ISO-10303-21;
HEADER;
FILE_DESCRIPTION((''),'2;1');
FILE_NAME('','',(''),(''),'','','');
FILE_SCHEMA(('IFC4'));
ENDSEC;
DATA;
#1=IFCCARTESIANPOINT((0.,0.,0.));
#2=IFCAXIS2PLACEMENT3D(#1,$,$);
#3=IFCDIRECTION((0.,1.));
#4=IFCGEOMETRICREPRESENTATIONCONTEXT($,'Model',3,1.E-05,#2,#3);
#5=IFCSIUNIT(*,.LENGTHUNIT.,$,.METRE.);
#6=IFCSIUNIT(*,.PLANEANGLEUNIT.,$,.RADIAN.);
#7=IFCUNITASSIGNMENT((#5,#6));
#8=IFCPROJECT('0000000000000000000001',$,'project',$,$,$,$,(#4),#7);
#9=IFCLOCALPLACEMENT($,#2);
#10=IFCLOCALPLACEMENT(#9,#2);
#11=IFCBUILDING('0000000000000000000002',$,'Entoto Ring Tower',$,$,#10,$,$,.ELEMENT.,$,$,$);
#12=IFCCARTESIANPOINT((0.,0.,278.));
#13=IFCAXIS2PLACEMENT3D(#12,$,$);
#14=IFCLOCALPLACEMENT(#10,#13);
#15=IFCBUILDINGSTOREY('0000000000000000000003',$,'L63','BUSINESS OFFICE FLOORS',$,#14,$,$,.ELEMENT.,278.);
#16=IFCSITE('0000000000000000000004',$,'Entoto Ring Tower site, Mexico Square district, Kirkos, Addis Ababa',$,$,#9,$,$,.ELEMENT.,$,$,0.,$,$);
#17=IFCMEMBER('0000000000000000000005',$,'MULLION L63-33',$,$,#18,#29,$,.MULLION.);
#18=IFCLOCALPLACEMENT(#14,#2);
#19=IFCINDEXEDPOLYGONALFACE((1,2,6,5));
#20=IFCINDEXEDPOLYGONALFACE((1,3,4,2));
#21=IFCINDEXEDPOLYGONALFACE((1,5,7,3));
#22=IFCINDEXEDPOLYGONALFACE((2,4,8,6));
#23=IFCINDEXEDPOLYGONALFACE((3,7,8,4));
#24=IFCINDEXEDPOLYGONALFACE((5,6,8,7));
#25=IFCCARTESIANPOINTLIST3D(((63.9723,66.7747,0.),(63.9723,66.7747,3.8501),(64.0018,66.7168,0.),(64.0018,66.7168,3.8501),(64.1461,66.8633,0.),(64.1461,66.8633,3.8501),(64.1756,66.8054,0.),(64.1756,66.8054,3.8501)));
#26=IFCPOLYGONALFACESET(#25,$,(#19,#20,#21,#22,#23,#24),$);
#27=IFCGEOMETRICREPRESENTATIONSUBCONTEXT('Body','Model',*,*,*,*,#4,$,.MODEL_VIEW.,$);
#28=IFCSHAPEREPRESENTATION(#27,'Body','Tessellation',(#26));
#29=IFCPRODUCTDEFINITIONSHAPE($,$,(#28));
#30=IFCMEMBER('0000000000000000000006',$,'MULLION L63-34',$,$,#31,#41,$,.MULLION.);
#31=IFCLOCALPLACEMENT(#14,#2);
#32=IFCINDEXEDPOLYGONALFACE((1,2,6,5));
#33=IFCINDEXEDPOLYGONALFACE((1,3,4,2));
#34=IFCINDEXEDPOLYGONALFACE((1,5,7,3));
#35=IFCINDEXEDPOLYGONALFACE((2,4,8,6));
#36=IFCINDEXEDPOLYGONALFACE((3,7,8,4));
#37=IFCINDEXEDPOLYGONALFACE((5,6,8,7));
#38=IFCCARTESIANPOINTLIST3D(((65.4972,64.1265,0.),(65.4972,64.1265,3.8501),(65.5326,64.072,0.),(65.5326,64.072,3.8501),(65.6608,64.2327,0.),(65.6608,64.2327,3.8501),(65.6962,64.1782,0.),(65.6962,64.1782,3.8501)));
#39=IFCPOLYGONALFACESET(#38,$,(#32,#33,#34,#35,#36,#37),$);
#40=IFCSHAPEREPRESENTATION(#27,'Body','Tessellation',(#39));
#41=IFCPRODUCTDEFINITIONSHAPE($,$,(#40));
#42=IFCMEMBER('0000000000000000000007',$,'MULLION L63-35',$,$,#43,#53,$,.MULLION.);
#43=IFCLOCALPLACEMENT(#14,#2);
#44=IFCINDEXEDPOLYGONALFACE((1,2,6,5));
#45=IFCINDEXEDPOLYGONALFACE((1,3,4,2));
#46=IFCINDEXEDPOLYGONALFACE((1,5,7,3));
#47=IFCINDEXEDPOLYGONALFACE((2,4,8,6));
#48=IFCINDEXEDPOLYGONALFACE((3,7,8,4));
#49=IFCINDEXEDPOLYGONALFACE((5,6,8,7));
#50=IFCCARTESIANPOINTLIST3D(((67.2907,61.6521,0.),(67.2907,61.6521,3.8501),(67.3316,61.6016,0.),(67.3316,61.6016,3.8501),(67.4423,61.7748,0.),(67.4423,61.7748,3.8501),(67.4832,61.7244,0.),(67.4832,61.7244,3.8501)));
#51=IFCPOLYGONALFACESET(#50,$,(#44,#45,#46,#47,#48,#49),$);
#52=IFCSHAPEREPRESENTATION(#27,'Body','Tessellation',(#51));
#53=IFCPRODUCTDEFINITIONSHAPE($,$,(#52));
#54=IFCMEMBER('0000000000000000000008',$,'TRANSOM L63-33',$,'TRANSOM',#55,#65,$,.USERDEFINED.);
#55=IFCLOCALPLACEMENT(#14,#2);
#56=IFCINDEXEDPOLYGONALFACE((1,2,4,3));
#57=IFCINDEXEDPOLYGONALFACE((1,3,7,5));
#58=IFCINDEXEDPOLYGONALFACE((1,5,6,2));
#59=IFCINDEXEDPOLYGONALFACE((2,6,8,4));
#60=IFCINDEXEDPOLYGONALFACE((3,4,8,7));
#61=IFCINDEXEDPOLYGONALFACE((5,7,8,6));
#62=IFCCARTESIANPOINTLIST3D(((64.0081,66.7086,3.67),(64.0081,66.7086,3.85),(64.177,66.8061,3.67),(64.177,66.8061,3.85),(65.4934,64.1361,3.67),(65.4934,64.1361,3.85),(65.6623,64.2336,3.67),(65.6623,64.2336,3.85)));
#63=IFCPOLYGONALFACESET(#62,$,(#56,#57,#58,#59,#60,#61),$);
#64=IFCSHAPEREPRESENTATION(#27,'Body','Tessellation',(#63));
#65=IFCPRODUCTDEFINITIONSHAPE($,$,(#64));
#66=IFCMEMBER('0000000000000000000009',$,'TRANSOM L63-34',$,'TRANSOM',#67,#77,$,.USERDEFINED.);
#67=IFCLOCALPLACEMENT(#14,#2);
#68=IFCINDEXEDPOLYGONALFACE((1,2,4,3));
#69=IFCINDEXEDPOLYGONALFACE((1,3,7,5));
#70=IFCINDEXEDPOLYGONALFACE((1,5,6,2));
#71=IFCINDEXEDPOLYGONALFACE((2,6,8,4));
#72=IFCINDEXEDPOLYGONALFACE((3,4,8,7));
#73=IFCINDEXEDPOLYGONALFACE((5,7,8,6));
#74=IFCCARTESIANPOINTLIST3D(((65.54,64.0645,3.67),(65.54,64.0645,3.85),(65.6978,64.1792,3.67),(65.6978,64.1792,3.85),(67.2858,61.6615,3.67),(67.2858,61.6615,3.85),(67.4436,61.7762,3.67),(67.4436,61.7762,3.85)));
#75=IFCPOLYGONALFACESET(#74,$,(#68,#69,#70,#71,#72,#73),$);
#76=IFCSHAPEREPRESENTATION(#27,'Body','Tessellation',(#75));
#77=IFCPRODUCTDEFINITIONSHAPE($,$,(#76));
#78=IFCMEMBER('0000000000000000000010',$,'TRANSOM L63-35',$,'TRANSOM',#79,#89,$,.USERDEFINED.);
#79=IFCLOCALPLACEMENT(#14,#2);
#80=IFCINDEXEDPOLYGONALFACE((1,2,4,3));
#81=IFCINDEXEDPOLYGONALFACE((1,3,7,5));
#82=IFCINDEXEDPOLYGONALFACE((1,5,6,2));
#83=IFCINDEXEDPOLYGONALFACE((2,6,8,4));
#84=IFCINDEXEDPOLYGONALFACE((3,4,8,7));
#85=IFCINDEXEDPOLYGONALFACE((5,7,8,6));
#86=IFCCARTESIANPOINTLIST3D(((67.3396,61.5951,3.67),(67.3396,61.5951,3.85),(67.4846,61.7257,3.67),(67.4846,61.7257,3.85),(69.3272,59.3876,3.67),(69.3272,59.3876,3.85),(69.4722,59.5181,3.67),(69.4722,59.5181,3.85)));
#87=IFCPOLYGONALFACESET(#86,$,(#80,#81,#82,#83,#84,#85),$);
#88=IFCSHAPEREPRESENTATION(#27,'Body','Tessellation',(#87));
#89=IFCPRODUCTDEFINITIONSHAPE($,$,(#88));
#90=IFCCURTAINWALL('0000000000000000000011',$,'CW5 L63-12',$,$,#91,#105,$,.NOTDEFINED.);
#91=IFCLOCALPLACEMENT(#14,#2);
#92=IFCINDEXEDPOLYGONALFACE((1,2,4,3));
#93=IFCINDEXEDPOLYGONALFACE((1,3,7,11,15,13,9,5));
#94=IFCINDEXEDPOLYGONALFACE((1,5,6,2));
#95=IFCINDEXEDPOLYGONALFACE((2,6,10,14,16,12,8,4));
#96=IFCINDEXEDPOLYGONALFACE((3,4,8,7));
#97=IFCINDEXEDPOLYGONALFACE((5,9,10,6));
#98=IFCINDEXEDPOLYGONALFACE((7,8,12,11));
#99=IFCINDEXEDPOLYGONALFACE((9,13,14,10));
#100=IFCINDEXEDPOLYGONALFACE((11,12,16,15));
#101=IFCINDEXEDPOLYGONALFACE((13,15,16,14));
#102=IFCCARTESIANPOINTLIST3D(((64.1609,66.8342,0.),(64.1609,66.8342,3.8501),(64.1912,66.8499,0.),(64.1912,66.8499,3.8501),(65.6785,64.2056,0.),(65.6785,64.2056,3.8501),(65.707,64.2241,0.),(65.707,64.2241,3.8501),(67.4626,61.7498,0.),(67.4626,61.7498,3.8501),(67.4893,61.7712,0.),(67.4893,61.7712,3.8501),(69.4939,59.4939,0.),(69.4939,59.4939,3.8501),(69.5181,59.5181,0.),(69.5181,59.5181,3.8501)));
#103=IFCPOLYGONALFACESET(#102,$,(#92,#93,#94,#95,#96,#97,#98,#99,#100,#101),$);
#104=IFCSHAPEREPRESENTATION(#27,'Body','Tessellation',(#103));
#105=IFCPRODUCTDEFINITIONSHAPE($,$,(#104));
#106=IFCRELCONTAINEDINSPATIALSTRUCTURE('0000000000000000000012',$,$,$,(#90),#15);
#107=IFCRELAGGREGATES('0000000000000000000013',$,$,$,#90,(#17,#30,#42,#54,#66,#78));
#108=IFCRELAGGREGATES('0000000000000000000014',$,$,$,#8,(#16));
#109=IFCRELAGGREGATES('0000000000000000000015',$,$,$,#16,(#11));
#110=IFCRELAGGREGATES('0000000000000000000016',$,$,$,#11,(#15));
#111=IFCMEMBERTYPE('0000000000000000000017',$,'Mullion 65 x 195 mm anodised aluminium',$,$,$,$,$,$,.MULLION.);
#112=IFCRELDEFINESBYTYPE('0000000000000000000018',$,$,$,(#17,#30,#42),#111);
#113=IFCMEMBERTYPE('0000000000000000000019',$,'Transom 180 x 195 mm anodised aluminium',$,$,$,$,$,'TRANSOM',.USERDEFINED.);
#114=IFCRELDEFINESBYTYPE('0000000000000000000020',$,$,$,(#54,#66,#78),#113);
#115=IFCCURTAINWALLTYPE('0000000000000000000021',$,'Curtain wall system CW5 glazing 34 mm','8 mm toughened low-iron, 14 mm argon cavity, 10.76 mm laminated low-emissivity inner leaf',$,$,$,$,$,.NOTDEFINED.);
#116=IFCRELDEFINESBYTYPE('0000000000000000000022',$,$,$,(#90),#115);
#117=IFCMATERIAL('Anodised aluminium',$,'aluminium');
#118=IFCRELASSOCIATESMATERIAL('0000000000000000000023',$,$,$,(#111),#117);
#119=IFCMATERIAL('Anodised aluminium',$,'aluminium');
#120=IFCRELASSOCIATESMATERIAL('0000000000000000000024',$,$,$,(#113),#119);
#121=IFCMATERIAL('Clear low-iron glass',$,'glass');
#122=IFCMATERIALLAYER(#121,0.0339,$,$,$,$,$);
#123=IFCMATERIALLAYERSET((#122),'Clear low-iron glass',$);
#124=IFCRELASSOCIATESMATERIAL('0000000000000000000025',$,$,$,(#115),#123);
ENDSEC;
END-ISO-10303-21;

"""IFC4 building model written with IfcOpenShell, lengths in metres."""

from ifc_helpers import new_model, si_unit, direction, frame, origin, origin_2d, place, context, subcontext, project, spatial, polyline, rectangle, outline, extrude, material, layer, layer_set, material_profile, profile_set, type_object, element, aggregate, save


model = new_model("IFC4")

# Units and contexts
model_context = context("Model", 3, precision=1e-05, world=origin(), true_north=direction((0.0, 1.0)))
body_context = subcontext(model_context, "Body", "Model", "MODEL_VIEW")
ifc_project = project(units=[si_unit("LENGTHUNIT", "METRE"), si_unit("PLANEANGLEUNIT", "RADIAN")], contexts=[model_context])

# Members
ifc_material_1 = material(Name="Anodised aluminium", Category="aluminium")
ifc_material_profile_1 = material_profile(ifc_material_1, rectangle(XDim=0.0649, YDim=0.1951, at=origin_2d()), Name="Mullion 65 x 195 mm anodised aluminium")
ifc_profile_set_1 = profile_set([ifc_material_profile_1], Name="Anodised aluminium")
member_type_1 = type_object("IfcMemberType", Name="Mullion 65 x 195 mm anodised aluminium", PredefinedType="MULLION", material=ifc_profile_set_1)
site_placement = place(None, origin())
building_placement = place(site_placement, origin())
storey_placement = place(building_placement, frame((0.0, 0.0, 278.0)))
member_1_placement = place(storey_placement, frame((64.074, 66.79, 0.0), z_axis=(0.0, 0.0, 1.0), x_axis=(0.45399, -0.891007, 0.0)))
member_1 = element("IfcMember", 1, at=member_1_placement, type_object=member_type_1, Name="MULLION L63-33", PredefinedType="MULLION", context=body_context, shape_type="SweptSolid", body=[
    extrude(rectangle(XDim=0.0649, YDim=0.1951, at=origin_2d()), origin(), (0.0, 0.0, 1.0), 3.8501),
])
member_2_placement = place(storey_placement, frame((65.5967, 64.1523, 0.0), z_axis=(0.0, 0.0, 1.0), x_axis=(0.544639, -0.838671, 0.0)))
member_2 = element("IfcMember", 2, at=member_2_placement, type_object=member_type_1, Name="MULLION L63-34", PredefinedType="MULLION", context=body_context, shape_type="SweptSolid", body=[
    extrude(rectangle(XDim=0.0649, YDim=0.1951, at=origin_2d()), origin(), (0.0, 0.0, 1.0), 3.8501),
])
member_3_placement = place(storey_placement, frame((67.387, 61.6882, 0.0), z_axis=(0.0, 0.0, 1.0), x_axis=(0.62932, -0.777146, 0.0)))
member_3 = element("IfcMember", 3, at=member_3_placement, type_object=member_type_1, Name="MULLION L63-35", PredefinedType="MULLION", context=body_context, shape_type="SweptSolid", body=[
    extrude(rectangle(XDim=0.0649, YDim=0.1951, at=origin_2d()), origin(), (0.0, 0.0, 1.0), 3.8501),
])
ifc_material_2 = material(Name="Anodised aluminium", Category="aluminium")
ifc_material_profile_2 = material_profile(ifc_material_2, rectangle(XDim=0.1951, YDim=0.1799, at=origin_2d()), Name="Transom 180 x 195 mm anodised aluminium")
ifc_profile_set_2 = profile_set([ifc_material_profile_2], Name="Anodised aluminium")
member_type_2 = type_object("IfcMemberType", Name="Transom 180 x 195 mm anodised aluminium", ElementType="TRANSOM", PredefinedType="USERDEFINED", material=ifc_profile_set_2)
member_4_placement = place(storey_placement, frame((64.0925, 66.7573, 3.76), z_axis=(0.500028, -0.866009, 0.0), x_axis=(0.866009, 0.500028, 0.0)))
member_4 = element("IfcMember", 4, at=member_4_placement, type_object=member_type_2, Name="TRANSOM L63-33", ObjectType="TRANSOM", PredefinedType="USERDEFINED", context=body_context, shape_type="SweptSolid", body=[
    extrude(rectangle(XDim=0.1951, YDim=0.1799, at=origin_2d()), origin(), (0.0, 0.0, 1.0), 2.9705),
])
member_5_placement = place(storey_placement, frame((65.6189, 64.1218, 3.76), z_axis=(0.587766, -0.809031, 0.0), x_axis=(0.809031, 0.587766, 0.0)))
member_5 = element("IfcMember", 5, at=member_5_placement, type_object=member_type_2, Name="TRANSOM L63-34", ObjectType="TRANSOM", PredefinedType="USERDEFINED", context=body_context, shape_type="SweptSolid", body=[
    extrude(rectangle(XDim=0.1951, YDim=0.1799, at=origin_2d()), origin(), (0.0, 0.0, 1.0), 2.9702),
])
member_6_placement = place(storey_placement, frame((67.4121, 61.6604, 3.76), z_axis=(0.66911, -0.743163, 0.0), x_axis=(0.743163, 0.66911, 0.0)))
member_6 = element("IfcMember", 6, at=member_6_placement, type_object=member_type_2, Name="TRANSOM L63-35", ObjectType="TRANSOM", PredefinedType="USERDEFINED", context=body_context, shape_type="SweptSolid", body=[
    extrude(rectangle(XDim=0.1951, YDim=0.1799, at=origin_2d()), origin(), (0.0, 0.0, 1.0), 2.9705),
])

# Site, building, storey
site = spatial("IfcSite", under=ifc_project, at=site_placement, Name="Entoto Ring Tower site, Mexico Square district, Kirkos, Addis Ababa", CompositionType="ELEMENT", RefElevation=0.0)
building = spatial("IfcBuilding", under=site, at=building_placement, Name="Entoto Ring Tower", CompositionType="ELEMENT")
storey = spatial("IfcBuildingStorey", under=building, at=storey_placement, Name="L63", Description="BUSINESS OFFICE FLOORS", CompositionType="ELEMENT", Elevation=278.0)

# Curtain wall
ifc_material_3 = material(Name="Clear low-iron glass", Category="glass")
ifc_layer = layer(ifc_material_3, 0.0339)
ifc_layer_set = layer_set([ifc_layer], Name="Clear low-iron glass")
curtain_wall_type = type_object("IfcCurtainWallType", Name="Curtain wall system CW5 glazing 34 mm", Description="8 mm toughened low-iron, 14 mm argon cavity, 10.76 mm laminated low-emissivity inner leaf", PredefinedType="NOTDEFINED", material=ifc_layer_set)
curtain_wall_1_placement = place(storey_placement, origin())
curtain_wall_1 = element("IfcCurtainWall", 7, at=curtain_wall_1_placement, inside=storey, type_object=curtain_wall_type, Name="CW5 L63-12", PredefinedType="NOTDEFINED", context=body_context, shape_type="SweptSolid", body=[
    extrude(outline(polyline([(64.1609, 66.8342), (65.6785, 64.2056), (67.4626, 61.7498), (69.4939, 59.4939), (69.5181, 59.5181), (67.4893, 61.7712), (65.707, 64.2241), (64.1912, 66.8499), (64.1609, 66.8342)])), origin(), (0.0, 0.0, 1.0), 3.8501),
])
aggregate(curtain_wall_1, [member_1, member_2, member_3, member_4, member_5, member_6])

save(model, "model.ifc")
